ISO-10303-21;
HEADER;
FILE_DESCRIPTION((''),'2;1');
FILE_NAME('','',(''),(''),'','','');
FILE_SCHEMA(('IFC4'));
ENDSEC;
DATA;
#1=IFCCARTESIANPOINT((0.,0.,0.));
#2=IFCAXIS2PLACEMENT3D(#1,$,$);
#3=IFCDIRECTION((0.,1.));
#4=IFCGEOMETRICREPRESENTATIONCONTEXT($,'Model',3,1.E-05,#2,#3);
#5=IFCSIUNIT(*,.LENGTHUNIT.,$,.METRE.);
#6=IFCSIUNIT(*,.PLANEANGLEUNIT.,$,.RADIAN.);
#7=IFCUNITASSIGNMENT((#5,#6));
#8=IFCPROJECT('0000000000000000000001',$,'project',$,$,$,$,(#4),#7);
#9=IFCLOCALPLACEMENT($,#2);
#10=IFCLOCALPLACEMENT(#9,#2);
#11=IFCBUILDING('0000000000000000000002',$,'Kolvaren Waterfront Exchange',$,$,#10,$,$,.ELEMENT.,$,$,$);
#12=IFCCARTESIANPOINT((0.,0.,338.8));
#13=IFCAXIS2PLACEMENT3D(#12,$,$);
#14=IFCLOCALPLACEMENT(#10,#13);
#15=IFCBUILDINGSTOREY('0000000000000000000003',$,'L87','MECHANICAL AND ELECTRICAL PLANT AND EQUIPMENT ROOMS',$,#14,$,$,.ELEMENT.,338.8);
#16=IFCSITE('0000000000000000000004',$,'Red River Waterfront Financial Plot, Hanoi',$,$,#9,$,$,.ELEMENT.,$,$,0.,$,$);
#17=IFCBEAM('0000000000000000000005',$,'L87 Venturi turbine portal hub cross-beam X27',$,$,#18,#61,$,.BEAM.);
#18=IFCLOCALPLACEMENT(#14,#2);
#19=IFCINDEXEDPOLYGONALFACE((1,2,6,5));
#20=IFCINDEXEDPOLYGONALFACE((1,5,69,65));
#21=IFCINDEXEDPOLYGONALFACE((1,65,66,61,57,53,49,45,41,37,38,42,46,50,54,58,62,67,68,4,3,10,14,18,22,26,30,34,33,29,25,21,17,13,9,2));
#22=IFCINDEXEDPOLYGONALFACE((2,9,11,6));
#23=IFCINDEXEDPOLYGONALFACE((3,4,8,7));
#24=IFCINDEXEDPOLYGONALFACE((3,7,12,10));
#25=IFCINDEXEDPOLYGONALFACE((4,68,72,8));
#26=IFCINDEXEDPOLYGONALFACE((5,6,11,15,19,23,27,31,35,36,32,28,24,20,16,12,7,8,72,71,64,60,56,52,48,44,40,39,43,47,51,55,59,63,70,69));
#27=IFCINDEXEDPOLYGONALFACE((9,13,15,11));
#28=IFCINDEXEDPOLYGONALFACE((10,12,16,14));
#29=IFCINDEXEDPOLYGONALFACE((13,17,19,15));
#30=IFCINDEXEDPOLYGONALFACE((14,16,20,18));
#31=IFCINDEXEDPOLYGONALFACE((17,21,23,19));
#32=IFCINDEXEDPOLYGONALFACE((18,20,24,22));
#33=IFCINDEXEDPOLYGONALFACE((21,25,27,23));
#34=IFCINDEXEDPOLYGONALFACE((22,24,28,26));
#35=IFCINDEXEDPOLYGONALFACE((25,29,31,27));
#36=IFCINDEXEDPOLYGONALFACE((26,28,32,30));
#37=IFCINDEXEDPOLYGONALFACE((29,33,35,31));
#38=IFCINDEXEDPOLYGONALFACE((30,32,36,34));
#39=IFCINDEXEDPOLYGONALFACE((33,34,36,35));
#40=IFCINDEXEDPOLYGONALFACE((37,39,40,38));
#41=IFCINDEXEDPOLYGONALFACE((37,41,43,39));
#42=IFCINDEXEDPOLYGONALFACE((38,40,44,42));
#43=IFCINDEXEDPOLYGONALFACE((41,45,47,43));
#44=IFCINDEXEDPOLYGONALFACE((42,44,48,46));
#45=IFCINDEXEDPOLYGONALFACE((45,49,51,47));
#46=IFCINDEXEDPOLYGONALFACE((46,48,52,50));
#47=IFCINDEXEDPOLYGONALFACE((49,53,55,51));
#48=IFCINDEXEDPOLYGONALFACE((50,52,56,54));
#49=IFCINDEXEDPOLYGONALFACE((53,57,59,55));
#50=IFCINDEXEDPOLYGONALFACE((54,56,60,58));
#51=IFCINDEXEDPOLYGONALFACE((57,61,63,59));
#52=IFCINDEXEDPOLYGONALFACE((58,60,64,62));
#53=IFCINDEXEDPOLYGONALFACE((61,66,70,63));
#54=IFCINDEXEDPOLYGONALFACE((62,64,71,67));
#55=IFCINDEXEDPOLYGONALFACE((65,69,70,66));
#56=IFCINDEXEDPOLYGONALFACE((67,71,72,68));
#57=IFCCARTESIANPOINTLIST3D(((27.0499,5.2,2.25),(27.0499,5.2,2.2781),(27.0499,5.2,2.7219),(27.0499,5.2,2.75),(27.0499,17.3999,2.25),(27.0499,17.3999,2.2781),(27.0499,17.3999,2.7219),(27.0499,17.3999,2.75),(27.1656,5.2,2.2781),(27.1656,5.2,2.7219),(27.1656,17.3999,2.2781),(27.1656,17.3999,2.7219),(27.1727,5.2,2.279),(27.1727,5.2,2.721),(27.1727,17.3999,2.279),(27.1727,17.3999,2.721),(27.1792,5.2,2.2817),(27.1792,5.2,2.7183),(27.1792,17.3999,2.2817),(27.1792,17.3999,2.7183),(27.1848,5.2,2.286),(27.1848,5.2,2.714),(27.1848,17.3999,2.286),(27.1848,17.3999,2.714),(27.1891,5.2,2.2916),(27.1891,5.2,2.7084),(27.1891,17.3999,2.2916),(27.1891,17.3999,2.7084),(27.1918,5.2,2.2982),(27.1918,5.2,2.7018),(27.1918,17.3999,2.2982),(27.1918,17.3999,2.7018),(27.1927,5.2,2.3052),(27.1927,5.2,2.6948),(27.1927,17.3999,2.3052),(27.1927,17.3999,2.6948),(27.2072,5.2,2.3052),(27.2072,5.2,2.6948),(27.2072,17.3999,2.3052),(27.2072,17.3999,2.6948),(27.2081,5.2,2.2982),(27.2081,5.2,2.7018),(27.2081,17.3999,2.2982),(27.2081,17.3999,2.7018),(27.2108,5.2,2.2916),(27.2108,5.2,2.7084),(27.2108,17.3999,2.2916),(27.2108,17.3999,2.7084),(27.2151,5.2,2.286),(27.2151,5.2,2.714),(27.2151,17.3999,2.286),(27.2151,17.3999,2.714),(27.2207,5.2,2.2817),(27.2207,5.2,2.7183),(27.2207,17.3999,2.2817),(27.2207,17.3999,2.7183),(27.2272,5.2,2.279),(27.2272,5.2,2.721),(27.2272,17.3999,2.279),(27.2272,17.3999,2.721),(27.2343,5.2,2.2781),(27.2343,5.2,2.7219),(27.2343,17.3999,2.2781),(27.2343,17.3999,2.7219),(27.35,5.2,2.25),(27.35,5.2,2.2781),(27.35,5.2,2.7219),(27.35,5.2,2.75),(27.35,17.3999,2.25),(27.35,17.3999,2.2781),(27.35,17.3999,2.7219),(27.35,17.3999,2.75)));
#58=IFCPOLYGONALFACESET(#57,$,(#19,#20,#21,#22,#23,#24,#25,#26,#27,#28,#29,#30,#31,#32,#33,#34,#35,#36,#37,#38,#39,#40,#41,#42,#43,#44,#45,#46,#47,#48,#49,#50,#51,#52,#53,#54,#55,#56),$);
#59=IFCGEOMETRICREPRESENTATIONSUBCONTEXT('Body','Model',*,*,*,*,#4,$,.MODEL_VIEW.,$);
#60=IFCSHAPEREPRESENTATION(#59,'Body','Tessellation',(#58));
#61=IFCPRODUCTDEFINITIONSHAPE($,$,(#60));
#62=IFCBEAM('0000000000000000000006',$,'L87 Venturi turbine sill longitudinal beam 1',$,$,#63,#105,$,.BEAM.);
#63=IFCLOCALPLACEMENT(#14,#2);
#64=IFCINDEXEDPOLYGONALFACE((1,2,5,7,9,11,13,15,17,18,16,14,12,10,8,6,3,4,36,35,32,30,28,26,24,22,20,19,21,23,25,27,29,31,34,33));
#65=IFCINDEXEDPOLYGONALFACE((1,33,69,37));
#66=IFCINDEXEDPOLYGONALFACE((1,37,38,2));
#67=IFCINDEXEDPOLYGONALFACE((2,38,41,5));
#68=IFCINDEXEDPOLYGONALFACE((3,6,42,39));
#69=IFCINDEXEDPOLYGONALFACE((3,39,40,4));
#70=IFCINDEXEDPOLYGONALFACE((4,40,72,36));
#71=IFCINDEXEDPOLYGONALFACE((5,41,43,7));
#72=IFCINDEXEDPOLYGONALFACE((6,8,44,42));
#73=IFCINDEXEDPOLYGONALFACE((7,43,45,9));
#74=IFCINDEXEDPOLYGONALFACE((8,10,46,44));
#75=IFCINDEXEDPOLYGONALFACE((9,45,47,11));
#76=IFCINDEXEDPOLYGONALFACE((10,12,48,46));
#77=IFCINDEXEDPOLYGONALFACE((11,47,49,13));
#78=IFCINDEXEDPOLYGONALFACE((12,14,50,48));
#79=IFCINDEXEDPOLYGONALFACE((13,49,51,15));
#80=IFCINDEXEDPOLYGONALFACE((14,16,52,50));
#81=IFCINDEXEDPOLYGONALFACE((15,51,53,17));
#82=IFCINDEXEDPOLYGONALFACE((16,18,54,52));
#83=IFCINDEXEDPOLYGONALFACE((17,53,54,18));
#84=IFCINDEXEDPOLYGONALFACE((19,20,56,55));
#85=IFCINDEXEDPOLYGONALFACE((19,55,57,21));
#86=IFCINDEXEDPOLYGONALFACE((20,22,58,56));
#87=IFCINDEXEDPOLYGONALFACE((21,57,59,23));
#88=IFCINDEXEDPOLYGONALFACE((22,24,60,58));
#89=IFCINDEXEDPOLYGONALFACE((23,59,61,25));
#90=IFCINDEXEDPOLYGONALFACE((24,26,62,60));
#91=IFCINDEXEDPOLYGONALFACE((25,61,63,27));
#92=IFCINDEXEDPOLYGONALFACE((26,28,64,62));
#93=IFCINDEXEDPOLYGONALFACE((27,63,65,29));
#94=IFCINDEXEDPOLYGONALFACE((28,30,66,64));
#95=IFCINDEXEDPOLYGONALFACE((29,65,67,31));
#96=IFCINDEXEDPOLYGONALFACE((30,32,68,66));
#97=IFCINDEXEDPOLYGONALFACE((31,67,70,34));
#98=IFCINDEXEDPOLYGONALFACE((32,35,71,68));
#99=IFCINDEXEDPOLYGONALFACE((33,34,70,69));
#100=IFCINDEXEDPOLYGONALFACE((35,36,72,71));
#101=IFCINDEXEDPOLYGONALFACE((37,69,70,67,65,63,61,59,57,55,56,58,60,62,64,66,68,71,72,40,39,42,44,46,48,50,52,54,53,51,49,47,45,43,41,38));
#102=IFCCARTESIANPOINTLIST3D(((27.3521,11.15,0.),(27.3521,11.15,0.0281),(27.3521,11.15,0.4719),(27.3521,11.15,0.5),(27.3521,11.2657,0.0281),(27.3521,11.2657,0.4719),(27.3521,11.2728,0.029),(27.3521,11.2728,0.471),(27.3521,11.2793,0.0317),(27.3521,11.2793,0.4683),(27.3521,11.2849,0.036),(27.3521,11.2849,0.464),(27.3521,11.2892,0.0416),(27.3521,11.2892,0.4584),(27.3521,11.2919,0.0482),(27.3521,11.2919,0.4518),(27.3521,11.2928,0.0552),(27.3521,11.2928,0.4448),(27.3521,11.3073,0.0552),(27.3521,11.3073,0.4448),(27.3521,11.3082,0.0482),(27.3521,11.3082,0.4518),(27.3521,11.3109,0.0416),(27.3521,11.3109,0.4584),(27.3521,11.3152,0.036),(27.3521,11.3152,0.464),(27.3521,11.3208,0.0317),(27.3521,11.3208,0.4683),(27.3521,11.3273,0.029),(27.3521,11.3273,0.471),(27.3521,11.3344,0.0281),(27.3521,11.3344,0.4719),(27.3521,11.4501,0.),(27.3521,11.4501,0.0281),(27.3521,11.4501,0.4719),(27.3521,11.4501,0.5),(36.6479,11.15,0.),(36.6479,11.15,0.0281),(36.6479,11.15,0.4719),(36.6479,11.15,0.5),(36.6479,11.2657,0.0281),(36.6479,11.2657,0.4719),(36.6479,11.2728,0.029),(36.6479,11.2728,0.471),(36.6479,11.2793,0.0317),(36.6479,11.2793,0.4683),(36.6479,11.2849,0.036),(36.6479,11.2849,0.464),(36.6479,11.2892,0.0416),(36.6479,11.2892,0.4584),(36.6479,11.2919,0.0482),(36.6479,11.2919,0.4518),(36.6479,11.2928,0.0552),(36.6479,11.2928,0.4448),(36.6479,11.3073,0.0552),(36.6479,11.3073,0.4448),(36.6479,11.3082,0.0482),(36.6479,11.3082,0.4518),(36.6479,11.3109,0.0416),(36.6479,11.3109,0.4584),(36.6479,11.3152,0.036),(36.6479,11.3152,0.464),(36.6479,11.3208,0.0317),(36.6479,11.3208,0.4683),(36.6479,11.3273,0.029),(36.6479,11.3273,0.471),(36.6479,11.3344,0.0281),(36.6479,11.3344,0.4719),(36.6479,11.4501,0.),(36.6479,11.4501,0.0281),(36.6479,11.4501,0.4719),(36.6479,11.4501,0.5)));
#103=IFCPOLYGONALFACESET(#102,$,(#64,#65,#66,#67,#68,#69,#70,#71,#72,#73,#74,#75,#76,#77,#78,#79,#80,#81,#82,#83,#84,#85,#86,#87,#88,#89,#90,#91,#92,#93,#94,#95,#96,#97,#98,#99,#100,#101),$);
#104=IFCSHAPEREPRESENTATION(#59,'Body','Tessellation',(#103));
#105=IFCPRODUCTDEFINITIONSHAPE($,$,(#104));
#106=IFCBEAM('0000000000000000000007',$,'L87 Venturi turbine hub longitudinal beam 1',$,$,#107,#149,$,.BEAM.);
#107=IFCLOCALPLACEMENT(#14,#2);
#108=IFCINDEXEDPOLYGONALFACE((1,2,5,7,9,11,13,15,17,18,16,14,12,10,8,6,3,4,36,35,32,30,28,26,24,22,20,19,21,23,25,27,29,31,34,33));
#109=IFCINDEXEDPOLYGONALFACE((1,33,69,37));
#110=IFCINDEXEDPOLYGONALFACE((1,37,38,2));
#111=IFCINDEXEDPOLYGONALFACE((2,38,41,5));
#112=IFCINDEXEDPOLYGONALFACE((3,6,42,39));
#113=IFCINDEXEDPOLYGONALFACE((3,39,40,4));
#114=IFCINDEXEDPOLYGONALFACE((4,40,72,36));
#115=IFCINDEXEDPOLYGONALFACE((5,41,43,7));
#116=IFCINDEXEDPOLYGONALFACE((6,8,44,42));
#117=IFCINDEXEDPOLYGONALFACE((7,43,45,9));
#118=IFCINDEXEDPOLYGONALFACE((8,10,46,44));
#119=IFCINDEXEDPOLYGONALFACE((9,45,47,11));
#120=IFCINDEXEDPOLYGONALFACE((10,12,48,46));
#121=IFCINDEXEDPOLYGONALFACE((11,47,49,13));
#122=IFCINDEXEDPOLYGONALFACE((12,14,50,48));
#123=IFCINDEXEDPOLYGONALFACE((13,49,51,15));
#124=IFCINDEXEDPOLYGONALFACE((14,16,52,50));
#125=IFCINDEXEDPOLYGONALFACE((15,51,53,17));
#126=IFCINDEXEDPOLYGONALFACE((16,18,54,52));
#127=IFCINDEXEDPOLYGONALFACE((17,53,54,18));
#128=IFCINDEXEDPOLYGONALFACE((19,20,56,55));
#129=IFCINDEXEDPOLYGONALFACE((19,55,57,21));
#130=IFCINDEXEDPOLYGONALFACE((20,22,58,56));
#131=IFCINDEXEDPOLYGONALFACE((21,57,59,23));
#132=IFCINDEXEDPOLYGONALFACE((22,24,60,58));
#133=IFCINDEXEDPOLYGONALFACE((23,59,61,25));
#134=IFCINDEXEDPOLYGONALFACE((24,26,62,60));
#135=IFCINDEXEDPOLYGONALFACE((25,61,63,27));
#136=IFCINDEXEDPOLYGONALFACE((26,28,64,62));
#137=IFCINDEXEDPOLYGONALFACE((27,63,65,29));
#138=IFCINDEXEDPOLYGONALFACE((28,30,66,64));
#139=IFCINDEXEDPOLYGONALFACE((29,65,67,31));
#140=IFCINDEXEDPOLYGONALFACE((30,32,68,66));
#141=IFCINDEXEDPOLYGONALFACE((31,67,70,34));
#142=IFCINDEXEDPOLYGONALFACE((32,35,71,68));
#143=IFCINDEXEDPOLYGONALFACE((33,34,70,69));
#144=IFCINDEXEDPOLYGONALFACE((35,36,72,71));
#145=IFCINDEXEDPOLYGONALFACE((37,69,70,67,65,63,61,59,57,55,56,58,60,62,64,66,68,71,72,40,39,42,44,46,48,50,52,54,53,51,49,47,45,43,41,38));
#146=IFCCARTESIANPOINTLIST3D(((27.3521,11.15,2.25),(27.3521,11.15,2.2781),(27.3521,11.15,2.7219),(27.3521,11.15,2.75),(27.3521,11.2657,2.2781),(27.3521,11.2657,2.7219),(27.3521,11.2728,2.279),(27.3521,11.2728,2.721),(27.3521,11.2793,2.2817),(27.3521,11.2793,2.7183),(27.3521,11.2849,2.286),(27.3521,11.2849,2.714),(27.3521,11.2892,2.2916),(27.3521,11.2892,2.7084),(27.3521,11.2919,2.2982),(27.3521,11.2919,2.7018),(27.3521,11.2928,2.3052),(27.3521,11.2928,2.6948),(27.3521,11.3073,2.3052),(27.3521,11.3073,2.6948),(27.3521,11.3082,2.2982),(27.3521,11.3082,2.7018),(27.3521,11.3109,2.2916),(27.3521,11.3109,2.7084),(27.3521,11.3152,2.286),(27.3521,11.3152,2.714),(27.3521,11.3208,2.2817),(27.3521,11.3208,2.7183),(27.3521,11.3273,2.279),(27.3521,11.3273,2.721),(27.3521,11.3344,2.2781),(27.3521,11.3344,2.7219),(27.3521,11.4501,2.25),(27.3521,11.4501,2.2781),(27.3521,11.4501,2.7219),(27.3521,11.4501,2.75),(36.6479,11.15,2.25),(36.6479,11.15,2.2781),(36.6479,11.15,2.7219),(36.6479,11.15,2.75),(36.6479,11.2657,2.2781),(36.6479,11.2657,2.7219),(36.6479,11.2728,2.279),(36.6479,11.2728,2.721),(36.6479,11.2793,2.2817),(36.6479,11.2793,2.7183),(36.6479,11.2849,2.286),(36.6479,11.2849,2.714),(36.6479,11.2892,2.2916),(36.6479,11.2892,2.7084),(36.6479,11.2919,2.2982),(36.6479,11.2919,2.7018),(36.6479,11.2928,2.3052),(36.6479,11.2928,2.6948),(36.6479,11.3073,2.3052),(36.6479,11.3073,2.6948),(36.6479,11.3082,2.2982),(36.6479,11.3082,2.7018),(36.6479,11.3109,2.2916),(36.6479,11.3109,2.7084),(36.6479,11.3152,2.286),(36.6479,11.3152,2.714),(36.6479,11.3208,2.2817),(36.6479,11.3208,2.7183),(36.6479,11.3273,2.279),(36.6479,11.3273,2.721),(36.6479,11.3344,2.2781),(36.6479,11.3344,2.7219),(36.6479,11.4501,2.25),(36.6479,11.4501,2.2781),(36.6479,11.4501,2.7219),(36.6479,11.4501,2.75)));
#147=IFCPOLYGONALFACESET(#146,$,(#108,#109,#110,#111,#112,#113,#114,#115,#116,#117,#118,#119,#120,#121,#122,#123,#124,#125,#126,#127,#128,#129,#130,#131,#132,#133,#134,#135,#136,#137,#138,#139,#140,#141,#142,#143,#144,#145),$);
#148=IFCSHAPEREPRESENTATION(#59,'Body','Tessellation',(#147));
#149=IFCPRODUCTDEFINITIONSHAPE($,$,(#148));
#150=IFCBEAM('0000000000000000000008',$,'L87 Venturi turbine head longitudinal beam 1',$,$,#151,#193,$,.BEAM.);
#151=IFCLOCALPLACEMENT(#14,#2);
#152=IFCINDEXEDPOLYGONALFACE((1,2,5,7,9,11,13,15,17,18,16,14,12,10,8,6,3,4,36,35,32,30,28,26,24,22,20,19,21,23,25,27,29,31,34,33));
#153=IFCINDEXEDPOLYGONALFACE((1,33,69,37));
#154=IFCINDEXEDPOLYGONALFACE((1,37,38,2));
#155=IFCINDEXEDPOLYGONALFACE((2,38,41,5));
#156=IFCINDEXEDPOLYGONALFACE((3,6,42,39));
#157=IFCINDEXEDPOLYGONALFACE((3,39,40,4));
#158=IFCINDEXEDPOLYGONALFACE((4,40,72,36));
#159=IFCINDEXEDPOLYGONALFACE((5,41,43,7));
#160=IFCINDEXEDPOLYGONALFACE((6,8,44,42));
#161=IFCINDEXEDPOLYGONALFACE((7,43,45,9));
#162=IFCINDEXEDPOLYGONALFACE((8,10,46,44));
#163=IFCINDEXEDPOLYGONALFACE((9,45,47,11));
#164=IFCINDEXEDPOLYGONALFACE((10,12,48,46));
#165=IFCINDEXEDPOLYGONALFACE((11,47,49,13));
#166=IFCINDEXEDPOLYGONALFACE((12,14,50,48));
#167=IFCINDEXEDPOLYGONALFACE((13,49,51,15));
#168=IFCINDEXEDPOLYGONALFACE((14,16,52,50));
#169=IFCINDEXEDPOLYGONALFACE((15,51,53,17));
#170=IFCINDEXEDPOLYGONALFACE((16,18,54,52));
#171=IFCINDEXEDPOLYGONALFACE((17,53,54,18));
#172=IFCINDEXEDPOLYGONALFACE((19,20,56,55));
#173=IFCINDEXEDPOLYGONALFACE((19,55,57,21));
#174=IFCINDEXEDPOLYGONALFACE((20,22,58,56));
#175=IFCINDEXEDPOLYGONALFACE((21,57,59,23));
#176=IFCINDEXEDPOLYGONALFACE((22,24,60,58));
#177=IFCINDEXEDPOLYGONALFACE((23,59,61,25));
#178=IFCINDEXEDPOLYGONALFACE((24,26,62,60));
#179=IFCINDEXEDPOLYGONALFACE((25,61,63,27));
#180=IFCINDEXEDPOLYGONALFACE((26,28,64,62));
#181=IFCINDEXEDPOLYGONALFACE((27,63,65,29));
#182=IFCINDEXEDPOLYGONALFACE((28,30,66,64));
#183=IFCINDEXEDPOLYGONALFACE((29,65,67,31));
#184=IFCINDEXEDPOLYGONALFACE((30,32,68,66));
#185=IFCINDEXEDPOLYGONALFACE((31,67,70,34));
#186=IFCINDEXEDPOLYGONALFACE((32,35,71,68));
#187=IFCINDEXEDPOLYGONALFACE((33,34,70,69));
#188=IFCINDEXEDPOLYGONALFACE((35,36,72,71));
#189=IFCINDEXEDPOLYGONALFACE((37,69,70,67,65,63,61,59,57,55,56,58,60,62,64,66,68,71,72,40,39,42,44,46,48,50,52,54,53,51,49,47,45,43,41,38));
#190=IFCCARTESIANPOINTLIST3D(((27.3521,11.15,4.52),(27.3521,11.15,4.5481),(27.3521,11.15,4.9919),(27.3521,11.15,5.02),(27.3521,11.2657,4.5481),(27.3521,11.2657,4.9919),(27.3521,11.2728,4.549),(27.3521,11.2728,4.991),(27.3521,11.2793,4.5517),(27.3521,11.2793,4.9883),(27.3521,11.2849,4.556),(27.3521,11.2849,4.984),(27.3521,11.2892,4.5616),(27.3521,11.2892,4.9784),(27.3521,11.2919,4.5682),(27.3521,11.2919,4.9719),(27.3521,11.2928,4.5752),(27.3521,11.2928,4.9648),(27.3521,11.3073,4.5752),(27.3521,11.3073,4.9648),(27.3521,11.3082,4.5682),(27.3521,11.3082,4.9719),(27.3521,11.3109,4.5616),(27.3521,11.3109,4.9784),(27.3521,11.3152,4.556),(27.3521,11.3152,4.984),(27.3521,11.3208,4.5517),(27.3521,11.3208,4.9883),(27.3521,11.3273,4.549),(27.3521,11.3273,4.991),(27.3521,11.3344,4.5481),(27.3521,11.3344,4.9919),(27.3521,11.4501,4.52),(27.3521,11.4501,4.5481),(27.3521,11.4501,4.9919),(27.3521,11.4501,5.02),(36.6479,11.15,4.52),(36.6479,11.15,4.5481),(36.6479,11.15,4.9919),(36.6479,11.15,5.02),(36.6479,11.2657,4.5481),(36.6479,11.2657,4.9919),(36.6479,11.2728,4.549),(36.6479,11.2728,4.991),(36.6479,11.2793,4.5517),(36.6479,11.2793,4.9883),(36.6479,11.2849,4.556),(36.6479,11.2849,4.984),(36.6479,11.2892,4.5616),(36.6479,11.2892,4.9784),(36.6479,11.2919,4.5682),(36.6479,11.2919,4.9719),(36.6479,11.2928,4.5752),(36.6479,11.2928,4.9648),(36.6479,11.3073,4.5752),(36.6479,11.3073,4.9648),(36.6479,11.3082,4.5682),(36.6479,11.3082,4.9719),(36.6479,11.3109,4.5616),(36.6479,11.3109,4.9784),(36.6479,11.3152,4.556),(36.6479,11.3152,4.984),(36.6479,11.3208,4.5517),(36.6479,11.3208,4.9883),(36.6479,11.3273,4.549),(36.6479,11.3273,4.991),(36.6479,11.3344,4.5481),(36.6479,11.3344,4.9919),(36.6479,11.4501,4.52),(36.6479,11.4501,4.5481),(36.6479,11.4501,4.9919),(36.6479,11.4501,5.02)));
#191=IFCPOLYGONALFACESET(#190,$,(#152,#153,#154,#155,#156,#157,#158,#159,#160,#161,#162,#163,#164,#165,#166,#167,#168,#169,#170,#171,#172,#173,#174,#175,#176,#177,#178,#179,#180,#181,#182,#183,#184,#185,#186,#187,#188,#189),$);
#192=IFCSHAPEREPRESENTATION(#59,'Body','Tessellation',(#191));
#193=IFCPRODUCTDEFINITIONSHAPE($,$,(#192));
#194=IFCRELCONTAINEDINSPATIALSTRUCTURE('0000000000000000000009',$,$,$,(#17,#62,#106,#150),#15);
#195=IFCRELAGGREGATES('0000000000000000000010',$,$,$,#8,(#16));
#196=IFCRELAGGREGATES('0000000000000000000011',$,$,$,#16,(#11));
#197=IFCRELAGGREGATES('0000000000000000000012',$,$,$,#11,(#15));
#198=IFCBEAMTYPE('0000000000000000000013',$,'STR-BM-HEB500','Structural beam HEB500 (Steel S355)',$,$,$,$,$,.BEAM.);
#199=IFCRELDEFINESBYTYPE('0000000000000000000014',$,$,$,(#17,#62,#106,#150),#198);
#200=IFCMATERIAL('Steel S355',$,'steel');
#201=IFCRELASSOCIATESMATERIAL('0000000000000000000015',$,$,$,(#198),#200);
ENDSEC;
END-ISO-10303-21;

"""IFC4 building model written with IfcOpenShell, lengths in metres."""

from ifc_helpers import new_model, si_unit, direction, frame, origin, origin_2d, place, context, subcontext, project, spatial, i_section, extrude, material, material_profile, profile_set, type_object, element, save


model = new_model("IFC4")

# Units and contexts
model_context = context("Model", 3, precision=1e-05, world=origin(), true_north=direction((0.0, 1.0)))
body_context = subcontext(model_context, "Body", "Model", "MODEL_VIEW")
ifc_project = project(units=[si_unit("LENGTHUNIT", "METRE"), si_unit("PLANEANGLEUNIT", "RADIAN")], contexts=[model_context])

# Site, building, storey
site_placement = place(None, origin())
site = spatial("IfcSite", under=ifc_project, at=site_placement, Name="Red River Waterfront Financial Plot, Hanoi", CompositionType="ELEMENT", RefElevation=0.0)
building_placement = place(site_placement, origin())
building = spatial("IfcBuilding", under=site, at=building_placement, Name="Kolvaren Waterfront Exchange", CompositionType="ELEMENT")
storey_placement = place(building_placement, frame((0.0, 0.0, 338.8)))
storey = spatial("IfcBuildingStorey", under=building, at=storey_placement, Name="L87", Description="MECHANICAL AND ELECTRICAL PLANT AND EQUIPMENT ROOMS", CompositionType="ELEMENT", Elevation=338.8)

# Beams
ifc_material_1 = material(Name="Steel S355", Category="steel")
ifc_material_profile_1 = material_profile(ifc_material_1, i_section(OverallWidth=0.3, OverallDepth=0.5, WebThickness=0.0144, FlangeThickness=0.0281, FilletRadius=0.0271, at=origin_2d()), Name="HEB500")
ifc_profile_set_1 = profile_set([ifc_material_profile_1], Name="Steel S355")
beam_type_1 = type_object("IfcBeamType", Name="STR-BM-HEB500", Description="Structural beam HEB500 (Steel S355)", PredefinedType="BEAM", material=ifc_profile_set_1)
for number, where, z_axis, x_axis, name in (
    (1, (27.2, 5.2, 2.5), (0.0, 1.0, 0.0), (-1.0, 0.0, 0.0), "L87 Venturi turbine portal hub cross-beam X27"),
):
    element("IfcBeam", number, at=place(storey_placement, frame(where, z_axis=z_axis, x_axis=x_axis)), inside=storey, type_object=beam_type_1, Name=name, PredefinedType="BEAM", context=body_context, shape_type="SweptSolid", body=[
        extrude(i_section(OverallWidth=0.3, OverallDepth=0.5, WebThickness=0.0144, FlangeThickness=0.0281, FilletRadius=0.0271, at=origin_2d()), origin(), (0.0, 0.0, 1.0), 12.2),
    ])
for number, where, z_axis, x_axis, name in (
    (2, (27.3521, 11.3, 0.25), (1.0, 0.0, 0.0), (0.0, 1.0, 0.0), "L87 Venturi turbine sill longitudinal beam 1"),
    (3, (27.3521, 11.3, 2.5), (1.0, 0.0, 0.0), (0.0, 1.0, 0.0), "L87 Venturi turbine hub longitudinal beam 1"),
    (4, (27.3521, 11.3, 4.77), (1.0, 0.0, 0.0), (0.0, 1.0, 0.0), "L87 Venturi turbine head longitudinal beam 1"),
):
    element("IfcBeam", number, at=place(storey_placement, frame(where, z_axis=z_axis, x_axis=x_axis)), inside=storey, type_object=beam_type_1, Name=name, PredefinedType="BEAM", context=body_context, shape_type="SweptSolid", body=[
        extrude(i_section(OverallWidth=0.3, OverallDepth=0.5, WebThickness=0.0144, FlangeThickness=0.0281, FilletRadius=0.0271, at=origin_2d()), origin(), (0.0, 0.0, 1.0), 9.2959),
    ])

save(model, "model.ifc")
